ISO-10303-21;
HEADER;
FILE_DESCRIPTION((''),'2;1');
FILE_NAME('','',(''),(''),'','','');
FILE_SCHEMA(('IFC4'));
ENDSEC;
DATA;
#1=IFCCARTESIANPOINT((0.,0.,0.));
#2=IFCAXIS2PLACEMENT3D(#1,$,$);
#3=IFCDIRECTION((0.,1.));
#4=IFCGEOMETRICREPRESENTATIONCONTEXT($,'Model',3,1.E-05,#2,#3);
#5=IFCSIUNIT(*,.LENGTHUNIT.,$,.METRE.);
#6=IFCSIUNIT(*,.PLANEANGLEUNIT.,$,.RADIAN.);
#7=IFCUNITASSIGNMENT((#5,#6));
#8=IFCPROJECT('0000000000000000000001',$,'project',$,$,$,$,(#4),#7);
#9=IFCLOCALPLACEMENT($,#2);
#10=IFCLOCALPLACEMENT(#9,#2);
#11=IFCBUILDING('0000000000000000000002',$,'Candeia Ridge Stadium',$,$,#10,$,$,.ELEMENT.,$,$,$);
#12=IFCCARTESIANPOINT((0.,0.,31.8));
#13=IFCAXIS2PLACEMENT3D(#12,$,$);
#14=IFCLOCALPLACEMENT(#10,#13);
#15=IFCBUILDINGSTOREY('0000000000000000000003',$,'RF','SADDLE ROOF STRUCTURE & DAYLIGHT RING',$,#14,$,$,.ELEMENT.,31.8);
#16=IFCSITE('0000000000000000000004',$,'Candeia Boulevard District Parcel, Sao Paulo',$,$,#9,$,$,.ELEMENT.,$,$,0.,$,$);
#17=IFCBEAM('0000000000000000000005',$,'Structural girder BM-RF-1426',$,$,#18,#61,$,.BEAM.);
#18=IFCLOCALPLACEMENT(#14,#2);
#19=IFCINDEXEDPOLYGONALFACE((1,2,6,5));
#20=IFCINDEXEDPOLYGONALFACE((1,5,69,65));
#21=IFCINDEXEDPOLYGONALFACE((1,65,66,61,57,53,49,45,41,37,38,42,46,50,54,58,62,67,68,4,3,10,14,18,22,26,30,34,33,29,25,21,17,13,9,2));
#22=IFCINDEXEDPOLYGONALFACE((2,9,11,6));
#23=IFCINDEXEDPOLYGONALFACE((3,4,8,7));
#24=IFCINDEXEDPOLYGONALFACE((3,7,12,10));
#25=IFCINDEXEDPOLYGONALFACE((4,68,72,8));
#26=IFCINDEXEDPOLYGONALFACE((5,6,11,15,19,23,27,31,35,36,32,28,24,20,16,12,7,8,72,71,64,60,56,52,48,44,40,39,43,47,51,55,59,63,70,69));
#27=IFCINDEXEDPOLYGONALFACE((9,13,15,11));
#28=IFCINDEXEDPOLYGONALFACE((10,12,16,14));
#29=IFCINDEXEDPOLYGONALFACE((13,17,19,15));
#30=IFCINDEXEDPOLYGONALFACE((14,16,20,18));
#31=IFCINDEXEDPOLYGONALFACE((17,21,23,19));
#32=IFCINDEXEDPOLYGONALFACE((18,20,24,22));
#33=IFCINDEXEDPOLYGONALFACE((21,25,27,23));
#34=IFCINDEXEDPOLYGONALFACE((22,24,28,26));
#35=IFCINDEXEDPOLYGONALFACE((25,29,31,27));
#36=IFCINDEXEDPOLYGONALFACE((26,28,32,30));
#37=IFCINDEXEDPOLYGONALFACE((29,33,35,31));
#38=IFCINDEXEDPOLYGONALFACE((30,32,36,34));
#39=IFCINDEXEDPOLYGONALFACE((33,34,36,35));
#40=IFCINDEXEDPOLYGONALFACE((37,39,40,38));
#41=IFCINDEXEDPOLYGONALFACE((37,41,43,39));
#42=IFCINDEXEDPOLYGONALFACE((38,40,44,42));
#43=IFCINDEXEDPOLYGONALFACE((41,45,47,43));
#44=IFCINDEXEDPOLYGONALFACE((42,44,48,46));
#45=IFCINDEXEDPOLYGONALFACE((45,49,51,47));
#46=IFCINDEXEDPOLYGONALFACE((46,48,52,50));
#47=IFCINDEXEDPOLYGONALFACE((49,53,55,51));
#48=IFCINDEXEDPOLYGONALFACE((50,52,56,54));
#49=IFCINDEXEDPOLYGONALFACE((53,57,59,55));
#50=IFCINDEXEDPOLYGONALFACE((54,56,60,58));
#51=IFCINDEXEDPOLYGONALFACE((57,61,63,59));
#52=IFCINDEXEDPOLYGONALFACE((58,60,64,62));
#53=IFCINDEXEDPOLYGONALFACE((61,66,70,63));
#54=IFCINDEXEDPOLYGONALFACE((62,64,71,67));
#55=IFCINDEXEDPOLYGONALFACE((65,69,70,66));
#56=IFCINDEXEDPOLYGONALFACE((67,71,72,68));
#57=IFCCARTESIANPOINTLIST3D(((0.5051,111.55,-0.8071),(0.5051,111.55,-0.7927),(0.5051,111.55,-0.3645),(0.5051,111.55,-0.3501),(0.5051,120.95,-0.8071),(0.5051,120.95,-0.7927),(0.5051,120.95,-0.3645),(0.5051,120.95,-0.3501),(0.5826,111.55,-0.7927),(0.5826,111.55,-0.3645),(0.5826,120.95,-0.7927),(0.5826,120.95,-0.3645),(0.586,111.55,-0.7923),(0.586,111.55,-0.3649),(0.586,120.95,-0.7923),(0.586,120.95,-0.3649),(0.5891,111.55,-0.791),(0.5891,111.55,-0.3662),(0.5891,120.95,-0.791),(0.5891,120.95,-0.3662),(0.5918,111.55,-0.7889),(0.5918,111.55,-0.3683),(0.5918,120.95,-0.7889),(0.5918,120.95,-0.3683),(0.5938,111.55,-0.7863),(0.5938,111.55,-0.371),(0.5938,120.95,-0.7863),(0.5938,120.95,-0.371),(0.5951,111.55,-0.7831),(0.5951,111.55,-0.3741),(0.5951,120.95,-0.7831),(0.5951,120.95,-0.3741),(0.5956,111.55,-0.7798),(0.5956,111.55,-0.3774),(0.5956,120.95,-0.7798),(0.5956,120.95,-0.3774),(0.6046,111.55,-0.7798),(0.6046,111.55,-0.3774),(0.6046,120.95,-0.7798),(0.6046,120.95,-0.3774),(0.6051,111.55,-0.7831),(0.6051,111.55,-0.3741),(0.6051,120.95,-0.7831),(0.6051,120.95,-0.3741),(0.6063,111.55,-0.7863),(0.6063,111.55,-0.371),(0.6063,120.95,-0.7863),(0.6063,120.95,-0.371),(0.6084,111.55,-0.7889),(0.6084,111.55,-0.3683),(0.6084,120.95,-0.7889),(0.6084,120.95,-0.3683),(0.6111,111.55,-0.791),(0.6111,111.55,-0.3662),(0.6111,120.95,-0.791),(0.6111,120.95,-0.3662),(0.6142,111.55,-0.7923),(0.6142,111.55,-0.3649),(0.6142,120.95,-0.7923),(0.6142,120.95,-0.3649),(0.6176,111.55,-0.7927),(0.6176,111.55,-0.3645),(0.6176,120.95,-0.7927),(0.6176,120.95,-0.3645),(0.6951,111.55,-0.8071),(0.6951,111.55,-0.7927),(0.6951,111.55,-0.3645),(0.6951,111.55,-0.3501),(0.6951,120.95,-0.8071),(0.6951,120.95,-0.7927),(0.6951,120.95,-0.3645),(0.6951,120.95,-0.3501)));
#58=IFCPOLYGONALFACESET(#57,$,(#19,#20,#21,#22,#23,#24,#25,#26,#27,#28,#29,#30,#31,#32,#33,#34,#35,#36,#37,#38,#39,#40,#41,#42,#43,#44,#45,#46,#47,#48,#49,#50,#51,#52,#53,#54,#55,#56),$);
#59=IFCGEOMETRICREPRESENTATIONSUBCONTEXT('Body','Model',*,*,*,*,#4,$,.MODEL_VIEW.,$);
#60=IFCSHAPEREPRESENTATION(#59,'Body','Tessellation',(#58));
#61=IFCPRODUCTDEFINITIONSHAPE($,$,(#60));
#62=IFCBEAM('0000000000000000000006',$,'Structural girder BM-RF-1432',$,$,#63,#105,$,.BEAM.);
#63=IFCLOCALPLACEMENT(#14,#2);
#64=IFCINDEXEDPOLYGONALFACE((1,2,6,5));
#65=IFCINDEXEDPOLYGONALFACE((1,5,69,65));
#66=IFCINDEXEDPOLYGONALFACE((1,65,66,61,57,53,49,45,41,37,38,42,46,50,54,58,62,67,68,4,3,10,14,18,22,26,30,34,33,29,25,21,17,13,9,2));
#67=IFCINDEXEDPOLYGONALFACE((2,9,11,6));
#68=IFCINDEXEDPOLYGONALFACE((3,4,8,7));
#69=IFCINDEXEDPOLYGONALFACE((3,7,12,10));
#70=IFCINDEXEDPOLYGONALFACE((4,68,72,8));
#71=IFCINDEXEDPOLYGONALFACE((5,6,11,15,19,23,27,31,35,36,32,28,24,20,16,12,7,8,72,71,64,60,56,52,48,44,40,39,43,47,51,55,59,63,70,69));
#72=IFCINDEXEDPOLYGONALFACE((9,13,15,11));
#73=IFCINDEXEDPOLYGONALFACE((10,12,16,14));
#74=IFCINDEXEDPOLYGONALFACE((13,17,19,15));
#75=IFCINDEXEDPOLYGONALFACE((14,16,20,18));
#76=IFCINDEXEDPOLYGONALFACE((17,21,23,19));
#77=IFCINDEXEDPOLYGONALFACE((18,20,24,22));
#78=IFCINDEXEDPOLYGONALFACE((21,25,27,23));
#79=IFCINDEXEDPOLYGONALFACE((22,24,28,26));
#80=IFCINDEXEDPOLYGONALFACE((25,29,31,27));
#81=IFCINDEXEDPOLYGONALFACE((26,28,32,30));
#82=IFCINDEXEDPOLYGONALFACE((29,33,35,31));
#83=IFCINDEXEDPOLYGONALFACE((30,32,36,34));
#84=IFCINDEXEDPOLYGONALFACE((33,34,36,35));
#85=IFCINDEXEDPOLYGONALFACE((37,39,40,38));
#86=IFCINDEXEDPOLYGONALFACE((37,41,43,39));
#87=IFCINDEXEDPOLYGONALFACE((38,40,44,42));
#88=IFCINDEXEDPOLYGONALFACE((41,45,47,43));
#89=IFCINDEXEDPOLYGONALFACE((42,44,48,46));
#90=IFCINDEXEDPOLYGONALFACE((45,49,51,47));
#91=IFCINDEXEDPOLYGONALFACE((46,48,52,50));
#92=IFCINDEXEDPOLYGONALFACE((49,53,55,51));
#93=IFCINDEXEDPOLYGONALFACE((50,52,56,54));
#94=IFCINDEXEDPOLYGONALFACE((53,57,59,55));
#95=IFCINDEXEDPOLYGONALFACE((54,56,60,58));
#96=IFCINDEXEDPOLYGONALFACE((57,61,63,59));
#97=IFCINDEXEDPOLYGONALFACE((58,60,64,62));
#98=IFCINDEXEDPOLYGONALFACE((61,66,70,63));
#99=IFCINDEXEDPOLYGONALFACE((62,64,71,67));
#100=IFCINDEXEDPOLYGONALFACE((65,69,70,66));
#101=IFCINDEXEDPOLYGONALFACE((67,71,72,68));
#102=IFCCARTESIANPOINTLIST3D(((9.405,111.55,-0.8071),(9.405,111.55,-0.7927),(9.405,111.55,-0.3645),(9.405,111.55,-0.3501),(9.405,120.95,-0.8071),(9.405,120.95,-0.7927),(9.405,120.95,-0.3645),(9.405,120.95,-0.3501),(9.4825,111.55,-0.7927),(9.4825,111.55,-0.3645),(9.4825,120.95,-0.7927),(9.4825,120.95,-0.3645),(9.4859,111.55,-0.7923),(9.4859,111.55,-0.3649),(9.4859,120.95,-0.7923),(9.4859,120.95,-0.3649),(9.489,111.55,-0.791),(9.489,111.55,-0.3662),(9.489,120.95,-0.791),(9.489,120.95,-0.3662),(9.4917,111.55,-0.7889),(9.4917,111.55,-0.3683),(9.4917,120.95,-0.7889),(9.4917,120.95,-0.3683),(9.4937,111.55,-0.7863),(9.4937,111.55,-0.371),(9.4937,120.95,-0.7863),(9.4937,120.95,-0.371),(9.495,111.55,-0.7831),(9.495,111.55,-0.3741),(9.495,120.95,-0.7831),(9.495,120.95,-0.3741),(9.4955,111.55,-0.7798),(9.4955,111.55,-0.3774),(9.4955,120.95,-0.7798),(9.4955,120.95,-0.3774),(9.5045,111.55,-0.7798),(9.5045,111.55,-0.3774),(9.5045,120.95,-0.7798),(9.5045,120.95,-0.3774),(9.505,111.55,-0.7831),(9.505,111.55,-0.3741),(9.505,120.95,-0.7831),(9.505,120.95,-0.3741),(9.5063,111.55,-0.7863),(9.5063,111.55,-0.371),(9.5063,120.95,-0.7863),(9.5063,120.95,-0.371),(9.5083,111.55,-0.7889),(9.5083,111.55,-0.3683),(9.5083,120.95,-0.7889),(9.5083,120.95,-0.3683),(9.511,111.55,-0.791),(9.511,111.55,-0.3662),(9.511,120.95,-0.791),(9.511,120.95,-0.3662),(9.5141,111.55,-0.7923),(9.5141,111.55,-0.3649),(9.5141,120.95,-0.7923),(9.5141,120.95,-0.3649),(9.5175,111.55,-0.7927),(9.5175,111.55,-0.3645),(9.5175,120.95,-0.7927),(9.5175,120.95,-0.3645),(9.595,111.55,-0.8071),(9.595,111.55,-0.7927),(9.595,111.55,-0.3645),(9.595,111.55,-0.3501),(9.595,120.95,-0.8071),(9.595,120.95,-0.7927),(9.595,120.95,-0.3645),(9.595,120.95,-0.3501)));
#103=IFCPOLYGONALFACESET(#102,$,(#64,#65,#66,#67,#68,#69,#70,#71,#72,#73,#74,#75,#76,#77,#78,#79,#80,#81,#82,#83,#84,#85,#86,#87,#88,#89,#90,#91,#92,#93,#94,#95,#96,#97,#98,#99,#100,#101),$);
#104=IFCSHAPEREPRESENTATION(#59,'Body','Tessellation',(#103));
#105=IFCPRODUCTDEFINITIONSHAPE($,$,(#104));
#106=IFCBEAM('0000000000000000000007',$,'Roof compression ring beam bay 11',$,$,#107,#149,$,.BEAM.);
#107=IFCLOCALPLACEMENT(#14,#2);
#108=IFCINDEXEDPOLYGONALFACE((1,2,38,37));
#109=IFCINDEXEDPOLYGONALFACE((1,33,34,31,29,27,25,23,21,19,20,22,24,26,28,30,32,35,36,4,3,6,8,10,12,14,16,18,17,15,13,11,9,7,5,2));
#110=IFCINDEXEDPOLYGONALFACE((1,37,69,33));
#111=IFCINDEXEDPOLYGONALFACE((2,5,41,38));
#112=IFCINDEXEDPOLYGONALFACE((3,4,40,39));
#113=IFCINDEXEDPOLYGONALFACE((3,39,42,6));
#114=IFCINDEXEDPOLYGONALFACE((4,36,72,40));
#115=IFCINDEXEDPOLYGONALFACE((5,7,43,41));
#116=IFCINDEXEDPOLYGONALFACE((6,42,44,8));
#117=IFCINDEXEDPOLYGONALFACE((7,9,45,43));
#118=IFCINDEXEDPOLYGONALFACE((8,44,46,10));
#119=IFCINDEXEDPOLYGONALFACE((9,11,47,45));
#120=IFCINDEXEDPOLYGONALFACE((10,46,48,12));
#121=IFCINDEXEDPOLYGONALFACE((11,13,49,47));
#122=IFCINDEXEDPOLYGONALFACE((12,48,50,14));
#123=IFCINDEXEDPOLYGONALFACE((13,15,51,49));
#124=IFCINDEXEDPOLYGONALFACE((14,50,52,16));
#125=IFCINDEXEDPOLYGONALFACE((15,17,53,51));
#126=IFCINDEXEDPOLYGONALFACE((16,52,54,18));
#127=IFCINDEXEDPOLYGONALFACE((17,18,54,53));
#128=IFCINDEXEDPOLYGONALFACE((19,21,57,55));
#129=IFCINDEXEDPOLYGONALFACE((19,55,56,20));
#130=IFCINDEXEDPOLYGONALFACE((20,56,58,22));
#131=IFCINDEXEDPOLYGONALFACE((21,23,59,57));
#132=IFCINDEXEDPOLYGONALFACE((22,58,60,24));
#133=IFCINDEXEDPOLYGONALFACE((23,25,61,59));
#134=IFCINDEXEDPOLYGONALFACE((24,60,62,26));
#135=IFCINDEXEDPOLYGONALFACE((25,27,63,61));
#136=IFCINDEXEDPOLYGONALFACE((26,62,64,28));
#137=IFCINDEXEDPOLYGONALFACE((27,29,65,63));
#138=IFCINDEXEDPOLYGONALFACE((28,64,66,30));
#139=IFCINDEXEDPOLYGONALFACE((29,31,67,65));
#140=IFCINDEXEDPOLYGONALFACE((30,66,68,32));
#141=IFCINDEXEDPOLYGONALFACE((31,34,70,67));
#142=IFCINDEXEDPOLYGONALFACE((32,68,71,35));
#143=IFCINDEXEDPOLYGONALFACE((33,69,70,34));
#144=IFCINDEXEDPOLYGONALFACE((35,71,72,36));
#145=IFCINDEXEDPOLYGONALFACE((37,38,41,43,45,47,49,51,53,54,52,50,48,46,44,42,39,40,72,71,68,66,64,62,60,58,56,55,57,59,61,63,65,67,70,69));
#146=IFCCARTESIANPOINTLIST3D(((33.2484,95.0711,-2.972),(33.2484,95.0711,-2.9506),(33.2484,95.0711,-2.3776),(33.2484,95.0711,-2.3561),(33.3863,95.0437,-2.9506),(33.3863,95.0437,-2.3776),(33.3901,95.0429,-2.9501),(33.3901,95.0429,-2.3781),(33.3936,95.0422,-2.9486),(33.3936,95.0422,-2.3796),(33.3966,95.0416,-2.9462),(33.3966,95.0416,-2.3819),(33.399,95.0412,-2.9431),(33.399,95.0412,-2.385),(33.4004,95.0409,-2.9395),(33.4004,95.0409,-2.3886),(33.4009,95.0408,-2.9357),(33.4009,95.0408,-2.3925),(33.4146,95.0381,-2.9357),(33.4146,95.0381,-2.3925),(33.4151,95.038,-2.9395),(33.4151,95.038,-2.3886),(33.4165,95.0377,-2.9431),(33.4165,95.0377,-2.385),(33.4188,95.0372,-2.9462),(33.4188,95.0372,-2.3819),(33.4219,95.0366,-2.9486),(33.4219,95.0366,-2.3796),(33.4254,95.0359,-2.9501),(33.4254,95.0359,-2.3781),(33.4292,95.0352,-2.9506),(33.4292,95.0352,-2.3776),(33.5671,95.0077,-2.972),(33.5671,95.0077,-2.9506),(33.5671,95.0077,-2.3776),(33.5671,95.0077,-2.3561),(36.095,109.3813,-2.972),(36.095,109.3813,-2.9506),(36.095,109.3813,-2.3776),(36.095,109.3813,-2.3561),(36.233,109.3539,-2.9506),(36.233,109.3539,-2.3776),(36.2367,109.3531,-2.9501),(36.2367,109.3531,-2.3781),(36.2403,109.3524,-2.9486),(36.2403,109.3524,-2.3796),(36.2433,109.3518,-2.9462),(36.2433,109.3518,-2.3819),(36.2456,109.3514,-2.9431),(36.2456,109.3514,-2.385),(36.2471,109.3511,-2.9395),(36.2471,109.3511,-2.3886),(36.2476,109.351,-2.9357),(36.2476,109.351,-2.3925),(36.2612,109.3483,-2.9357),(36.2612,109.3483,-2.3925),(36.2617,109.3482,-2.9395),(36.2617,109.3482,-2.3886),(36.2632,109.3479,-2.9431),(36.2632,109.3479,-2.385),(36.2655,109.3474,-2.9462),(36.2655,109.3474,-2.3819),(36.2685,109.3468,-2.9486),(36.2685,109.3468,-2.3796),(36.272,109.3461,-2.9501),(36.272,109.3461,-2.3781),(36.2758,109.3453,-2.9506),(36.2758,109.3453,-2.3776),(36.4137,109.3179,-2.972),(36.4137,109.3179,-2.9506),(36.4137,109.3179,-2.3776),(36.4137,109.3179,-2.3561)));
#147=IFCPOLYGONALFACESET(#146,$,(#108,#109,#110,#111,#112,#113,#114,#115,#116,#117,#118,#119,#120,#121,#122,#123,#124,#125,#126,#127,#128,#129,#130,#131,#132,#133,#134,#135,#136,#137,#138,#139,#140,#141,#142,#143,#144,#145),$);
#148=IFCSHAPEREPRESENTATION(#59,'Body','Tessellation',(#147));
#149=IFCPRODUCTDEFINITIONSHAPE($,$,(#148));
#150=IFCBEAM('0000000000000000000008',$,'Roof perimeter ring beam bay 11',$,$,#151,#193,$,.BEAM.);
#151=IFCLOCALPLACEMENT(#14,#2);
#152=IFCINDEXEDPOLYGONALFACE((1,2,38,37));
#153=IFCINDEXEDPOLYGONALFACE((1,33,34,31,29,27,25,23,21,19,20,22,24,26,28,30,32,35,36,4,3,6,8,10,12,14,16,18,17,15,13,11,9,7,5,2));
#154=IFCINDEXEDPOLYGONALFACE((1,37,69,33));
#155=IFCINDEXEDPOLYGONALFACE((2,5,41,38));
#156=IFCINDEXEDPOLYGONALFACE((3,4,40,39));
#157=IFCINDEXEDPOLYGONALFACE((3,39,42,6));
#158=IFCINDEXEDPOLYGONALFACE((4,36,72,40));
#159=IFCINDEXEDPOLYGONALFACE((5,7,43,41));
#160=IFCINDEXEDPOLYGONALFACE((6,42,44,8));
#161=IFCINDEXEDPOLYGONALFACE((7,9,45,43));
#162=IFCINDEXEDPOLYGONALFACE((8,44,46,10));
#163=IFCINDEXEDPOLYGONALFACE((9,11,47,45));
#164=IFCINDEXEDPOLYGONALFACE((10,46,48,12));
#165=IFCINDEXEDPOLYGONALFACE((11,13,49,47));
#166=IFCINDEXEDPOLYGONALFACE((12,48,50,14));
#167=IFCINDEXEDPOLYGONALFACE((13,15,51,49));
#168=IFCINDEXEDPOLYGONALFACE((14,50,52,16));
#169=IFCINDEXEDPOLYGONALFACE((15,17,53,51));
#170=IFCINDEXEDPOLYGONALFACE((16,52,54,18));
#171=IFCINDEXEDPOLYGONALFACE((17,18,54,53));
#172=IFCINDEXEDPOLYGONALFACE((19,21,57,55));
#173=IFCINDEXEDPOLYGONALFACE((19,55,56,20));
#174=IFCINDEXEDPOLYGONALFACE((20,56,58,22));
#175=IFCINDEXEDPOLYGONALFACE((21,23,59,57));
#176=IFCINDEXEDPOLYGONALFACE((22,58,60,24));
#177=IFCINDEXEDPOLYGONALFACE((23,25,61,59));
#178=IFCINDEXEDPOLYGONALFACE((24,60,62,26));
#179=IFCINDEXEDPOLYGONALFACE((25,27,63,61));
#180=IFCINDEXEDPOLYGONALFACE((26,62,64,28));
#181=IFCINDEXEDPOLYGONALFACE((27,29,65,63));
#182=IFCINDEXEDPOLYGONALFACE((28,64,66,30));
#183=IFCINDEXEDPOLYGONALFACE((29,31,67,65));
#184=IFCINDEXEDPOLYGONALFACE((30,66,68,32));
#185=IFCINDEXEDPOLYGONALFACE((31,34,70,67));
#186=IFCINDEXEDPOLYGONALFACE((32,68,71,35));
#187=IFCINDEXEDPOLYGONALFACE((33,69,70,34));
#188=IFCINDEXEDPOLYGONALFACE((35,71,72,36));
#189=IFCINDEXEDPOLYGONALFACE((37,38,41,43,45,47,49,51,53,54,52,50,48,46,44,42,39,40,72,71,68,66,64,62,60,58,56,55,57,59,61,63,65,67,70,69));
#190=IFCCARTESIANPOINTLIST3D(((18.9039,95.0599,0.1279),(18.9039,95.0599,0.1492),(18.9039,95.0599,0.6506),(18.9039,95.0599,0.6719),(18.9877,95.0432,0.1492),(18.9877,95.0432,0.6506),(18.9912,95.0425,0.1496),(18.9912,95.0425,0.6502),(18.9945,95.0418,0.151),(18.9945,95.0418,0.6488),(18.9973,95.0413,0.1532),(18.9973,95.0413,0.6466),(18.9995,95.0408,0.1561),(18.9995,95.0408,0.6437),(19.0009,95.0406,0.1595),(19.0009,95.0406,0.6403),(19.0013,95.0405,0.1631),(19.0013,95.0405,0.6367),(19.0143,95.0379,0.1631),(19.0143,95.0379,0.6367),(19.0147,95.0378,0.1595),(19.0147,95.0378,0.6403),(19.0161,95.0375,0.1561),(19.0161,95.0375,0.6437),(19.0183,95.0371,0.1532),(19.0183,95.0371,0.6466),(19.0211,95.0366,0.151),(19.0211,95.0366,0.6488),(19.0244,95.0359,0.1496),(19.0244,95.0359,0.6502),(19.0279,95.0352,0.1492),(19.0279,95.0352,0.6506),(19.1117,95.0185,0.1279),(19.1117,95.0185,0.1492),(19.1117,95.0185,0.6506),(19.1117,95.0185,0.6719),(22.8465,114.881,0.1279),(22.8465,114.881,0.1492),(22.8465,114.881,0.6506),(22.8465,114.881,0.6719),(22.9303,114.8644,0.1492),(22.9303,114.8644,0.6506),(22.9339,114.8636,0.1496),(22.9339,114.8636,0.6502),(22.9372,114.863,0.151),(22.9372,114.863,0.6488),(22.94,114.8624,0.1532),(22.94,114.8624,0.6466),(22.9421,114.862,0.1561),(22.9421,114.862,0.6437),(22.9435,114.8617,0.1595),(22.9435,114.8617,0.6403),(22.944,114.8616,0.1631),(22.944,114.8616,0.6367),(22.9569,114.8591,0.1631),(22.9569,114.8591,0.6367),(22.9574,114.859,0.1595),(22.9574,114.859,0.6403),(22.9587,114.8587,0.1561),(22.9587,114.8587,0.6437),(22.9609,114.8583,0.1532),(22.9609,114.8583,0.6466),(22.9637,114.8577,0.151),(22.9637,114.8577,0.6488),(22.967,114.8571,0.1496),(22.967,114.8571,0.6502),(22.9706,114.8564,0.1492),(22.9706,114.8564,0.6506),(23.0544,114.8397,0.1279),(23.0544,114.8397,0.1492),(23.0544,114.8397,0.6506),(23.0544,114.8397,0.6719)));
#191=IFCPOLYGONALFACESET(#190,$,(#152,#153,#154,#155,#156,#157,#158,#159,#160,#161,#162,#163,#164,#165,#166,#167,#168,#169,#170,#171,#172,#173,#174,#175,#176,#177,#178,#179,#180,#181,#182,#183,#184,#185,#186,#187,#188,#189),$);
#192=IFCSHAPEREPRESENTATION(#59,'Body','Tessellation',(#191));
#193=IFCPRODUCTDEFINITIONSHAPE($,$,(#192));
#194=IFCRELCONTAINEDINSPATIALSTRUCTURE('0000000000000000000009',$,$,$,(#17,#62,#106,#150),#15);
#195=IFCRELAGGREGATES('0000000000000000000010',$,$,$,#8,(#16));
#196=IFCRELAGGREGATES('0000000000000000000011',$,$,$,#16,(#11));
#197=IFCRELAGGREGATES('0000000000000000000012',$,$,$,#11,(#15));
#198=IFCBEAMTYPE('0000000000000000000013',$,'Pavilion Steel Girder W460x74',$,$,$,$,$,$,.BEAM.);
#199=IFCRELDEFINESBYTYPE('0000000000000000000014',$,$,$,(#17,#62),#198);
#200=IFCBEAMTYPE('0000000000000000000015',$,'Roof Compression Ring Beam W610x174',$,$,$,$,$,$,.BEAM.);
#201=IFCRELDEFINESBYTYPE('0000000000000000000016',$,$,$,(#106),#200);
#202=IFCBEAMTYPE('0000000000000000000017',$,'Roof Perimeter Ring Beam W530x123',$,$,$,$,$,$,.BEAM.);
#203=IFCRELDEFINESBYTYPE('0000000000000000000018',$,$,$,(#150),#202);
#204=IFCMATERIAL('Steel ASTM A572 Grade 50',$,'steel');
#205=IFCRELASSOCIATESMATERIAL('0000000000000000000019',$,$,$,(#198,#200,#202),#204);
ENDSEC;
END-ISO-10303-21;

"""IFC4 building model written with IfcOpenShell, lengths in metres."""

from ifc_helpers import new_model, si_unit, direction, frame, origin, origin_2d, place, context, subcontext, project, spatial, i_section, extrude, material, material_profile, profile_set, type_object, element, save


model = new_model("IFC4")

# Units and contexts
model_context = context("Model", 3, precision=1e-05, world=origin(), true_north=direction((0.0, 1.0)))
body_context = subcontext(model_context, "Body", "Model", "MODEL_VIEW")
ifc_project = project(units=[si_unit("LENGTHUNIT", "METRE"), si_unit("PLANEANGLEUNIT", "RADIAN")], contexts=[model_context])

# Site, building, storey
site_placement = place(None, origin())
site = spatial("IfcSite", under=ifc_project, at=site_placement, Name="Candeia Boulevard District Parcel, Sao Paulo", CompositionType="ELEMENT", RefElevation=0.0)
building_placement = place(site_placement, origin())
building = spatial("IfcBuilding", under=site, at=building_placement, Name="Candeia Ridge Stadium", CompositionType="ELEMENT")
storey_placement = place(building_placement, frame((0.0, 0.0, 31.8)))
storey = spatial("IfcBuildingStorey", under=building, at=storey_placement, Name="RF", Description="SADDLE ROOF STRUCTURE & DAYLIGHT RING", CompositionType="ELEMENT", Elevation=31.8)

# Shared definitions
ifc_material_1 = material(Name="Steel ASTM A572 Grade 50", Category="steel")

# Beams
ifc_material_profile_1 = material_profile(ifc_material_1, i_section(OverallWidth=0.1899, OverallDepth=0.457, WebThickness=0.009, FlangeThickness=0.0144, FilletRadius=0.0129, at=origin_2d()), Name="W460x74", Category="steel")
ifc_profile_set_1 = profile_set([ifc_material_profile_1], Name="Steel ASTM A572 Grade 50")
beam_type_1 = type_object("IfcBeamType", Name="Pavilion Steel Girder W460x74", PredefinedType="BEAM", material=ifc_profile_set_1)
for number, where, z_axis, x_axis, name in (
    (1, (0.6001, 111.55, -0.5786), (0.0, 1.0, 0.0), (-1.0, 0.0, 0.0), "Structural girder BM-RF-1426"),
    (2, (9.5, 111.55, -0.5786), (0.0, 1.0, 0.0), (-1.0, 0.0, 0.0), "Structural girder BM-RF-1432"),
):
    element("IfcBeam", number, at=place(storey_placement, frame(where, z_axis=z_axis, x_axis=x_axis)), inside=storey, type_object=beam_type_1, Name=name, PredefinedType="BEAM", context=body_context, shape_type="SweptSolid", body=[
        extrude(i_section(OverallWidth=0.1899, OverallDepth=0.457, WebThickness=0.009, FlangeThickness=0.0144, FilletRadius=0.0129, at=origin_2d()), origin(), (0.0, 0.0, 1.0), 9.3999),
    ])
ifc_material_profile_2 = material_profile(ifc_material_1, i_section(OverallWidth=0.325, OverallDepth=0.616, WebThickness=0.0139, FlangeThickness=0.0215, FilletRadius=0.0149, at=origin_2d()), Name="W610x174", Category="steel")
ifc_profile_set_2 = profile_set([ifc_material_profile_2], Name="Steel ASTM A572 Grade 50")
beam_type_2 = type_object("IfcBeamType", Name="Roof Compression Ring Beam W610x174", PredefinedType="BEAM", material=ifc_profile_set_2)
beam_1_placement = place(storey_placement, frame((36.2544, 109.3496, -2.6641), z_axis=(-0.195102, -0.980783, 0.0), x_axis=(0.980783, -0.195102, 0.0)))
element("IfcBeam", 3, at=beam_1_placement, inside=storey, type_object=beam_type_2, Name="Roof compression ring beam bay 11", PredefinedType="BEAM", context=body_context, shape_type="SweptSolid", body=[
    extrude(i_section(OverallWidth=0.325, OverallDepth=0.616, WebThickness=0.0139, FlangeThickness=0.0215, FilletRadius=0.0149, at=origin_2d()), origin(), (0.0, 0.0, 1.0), 14.5906),
])
ifc_material_profile_3 = material_profile(ifc_material_1, i_section(OverallWidth=0.2119, OverallDepth=0.5439, WebThickness=0.0132, FlangeThickness=0.0212, FilletRadius=0.0139, at=origin_2d()), Name="W530x123", Category="steel")
ifc_profile_set_3 = profile_set([ifc_material_profile_3], Name="Steel ASTM A572 Grade 50")
beam_type_3 = type_object("IfcBeamType", Name="Roof Perimeter Ring Beam W530x123", PredefinedType="BEAM", material=ifc_profile_set_3)
beam_2_placement = place(storey_placement, frame((22.9504, 114.8604, 0.3999), z_axis=(-0.195089, -0.980786, 0.0), x_axis=(0.980786, -0.195089, 0.0)))
element("IfcBeam", 4, at=beam_2_placement, inside=storey, type_object=beam_type_3, Name="Roof perimeter ring beam bay 11", PredefinedType="BEAM", context=body_context, shape_type="SweptSolid", body=[
    extrude(i_section(OverallWidth=0.2119, OverallDepth=0.5439, WebThickness=0.0132, FlangeThickness=0.0212, FilletRadius=0.0139, at=origin_2d()), origin(), (0.0, 0.0, 1.0), 20.2095),
])

save(model, "model.ifc")
